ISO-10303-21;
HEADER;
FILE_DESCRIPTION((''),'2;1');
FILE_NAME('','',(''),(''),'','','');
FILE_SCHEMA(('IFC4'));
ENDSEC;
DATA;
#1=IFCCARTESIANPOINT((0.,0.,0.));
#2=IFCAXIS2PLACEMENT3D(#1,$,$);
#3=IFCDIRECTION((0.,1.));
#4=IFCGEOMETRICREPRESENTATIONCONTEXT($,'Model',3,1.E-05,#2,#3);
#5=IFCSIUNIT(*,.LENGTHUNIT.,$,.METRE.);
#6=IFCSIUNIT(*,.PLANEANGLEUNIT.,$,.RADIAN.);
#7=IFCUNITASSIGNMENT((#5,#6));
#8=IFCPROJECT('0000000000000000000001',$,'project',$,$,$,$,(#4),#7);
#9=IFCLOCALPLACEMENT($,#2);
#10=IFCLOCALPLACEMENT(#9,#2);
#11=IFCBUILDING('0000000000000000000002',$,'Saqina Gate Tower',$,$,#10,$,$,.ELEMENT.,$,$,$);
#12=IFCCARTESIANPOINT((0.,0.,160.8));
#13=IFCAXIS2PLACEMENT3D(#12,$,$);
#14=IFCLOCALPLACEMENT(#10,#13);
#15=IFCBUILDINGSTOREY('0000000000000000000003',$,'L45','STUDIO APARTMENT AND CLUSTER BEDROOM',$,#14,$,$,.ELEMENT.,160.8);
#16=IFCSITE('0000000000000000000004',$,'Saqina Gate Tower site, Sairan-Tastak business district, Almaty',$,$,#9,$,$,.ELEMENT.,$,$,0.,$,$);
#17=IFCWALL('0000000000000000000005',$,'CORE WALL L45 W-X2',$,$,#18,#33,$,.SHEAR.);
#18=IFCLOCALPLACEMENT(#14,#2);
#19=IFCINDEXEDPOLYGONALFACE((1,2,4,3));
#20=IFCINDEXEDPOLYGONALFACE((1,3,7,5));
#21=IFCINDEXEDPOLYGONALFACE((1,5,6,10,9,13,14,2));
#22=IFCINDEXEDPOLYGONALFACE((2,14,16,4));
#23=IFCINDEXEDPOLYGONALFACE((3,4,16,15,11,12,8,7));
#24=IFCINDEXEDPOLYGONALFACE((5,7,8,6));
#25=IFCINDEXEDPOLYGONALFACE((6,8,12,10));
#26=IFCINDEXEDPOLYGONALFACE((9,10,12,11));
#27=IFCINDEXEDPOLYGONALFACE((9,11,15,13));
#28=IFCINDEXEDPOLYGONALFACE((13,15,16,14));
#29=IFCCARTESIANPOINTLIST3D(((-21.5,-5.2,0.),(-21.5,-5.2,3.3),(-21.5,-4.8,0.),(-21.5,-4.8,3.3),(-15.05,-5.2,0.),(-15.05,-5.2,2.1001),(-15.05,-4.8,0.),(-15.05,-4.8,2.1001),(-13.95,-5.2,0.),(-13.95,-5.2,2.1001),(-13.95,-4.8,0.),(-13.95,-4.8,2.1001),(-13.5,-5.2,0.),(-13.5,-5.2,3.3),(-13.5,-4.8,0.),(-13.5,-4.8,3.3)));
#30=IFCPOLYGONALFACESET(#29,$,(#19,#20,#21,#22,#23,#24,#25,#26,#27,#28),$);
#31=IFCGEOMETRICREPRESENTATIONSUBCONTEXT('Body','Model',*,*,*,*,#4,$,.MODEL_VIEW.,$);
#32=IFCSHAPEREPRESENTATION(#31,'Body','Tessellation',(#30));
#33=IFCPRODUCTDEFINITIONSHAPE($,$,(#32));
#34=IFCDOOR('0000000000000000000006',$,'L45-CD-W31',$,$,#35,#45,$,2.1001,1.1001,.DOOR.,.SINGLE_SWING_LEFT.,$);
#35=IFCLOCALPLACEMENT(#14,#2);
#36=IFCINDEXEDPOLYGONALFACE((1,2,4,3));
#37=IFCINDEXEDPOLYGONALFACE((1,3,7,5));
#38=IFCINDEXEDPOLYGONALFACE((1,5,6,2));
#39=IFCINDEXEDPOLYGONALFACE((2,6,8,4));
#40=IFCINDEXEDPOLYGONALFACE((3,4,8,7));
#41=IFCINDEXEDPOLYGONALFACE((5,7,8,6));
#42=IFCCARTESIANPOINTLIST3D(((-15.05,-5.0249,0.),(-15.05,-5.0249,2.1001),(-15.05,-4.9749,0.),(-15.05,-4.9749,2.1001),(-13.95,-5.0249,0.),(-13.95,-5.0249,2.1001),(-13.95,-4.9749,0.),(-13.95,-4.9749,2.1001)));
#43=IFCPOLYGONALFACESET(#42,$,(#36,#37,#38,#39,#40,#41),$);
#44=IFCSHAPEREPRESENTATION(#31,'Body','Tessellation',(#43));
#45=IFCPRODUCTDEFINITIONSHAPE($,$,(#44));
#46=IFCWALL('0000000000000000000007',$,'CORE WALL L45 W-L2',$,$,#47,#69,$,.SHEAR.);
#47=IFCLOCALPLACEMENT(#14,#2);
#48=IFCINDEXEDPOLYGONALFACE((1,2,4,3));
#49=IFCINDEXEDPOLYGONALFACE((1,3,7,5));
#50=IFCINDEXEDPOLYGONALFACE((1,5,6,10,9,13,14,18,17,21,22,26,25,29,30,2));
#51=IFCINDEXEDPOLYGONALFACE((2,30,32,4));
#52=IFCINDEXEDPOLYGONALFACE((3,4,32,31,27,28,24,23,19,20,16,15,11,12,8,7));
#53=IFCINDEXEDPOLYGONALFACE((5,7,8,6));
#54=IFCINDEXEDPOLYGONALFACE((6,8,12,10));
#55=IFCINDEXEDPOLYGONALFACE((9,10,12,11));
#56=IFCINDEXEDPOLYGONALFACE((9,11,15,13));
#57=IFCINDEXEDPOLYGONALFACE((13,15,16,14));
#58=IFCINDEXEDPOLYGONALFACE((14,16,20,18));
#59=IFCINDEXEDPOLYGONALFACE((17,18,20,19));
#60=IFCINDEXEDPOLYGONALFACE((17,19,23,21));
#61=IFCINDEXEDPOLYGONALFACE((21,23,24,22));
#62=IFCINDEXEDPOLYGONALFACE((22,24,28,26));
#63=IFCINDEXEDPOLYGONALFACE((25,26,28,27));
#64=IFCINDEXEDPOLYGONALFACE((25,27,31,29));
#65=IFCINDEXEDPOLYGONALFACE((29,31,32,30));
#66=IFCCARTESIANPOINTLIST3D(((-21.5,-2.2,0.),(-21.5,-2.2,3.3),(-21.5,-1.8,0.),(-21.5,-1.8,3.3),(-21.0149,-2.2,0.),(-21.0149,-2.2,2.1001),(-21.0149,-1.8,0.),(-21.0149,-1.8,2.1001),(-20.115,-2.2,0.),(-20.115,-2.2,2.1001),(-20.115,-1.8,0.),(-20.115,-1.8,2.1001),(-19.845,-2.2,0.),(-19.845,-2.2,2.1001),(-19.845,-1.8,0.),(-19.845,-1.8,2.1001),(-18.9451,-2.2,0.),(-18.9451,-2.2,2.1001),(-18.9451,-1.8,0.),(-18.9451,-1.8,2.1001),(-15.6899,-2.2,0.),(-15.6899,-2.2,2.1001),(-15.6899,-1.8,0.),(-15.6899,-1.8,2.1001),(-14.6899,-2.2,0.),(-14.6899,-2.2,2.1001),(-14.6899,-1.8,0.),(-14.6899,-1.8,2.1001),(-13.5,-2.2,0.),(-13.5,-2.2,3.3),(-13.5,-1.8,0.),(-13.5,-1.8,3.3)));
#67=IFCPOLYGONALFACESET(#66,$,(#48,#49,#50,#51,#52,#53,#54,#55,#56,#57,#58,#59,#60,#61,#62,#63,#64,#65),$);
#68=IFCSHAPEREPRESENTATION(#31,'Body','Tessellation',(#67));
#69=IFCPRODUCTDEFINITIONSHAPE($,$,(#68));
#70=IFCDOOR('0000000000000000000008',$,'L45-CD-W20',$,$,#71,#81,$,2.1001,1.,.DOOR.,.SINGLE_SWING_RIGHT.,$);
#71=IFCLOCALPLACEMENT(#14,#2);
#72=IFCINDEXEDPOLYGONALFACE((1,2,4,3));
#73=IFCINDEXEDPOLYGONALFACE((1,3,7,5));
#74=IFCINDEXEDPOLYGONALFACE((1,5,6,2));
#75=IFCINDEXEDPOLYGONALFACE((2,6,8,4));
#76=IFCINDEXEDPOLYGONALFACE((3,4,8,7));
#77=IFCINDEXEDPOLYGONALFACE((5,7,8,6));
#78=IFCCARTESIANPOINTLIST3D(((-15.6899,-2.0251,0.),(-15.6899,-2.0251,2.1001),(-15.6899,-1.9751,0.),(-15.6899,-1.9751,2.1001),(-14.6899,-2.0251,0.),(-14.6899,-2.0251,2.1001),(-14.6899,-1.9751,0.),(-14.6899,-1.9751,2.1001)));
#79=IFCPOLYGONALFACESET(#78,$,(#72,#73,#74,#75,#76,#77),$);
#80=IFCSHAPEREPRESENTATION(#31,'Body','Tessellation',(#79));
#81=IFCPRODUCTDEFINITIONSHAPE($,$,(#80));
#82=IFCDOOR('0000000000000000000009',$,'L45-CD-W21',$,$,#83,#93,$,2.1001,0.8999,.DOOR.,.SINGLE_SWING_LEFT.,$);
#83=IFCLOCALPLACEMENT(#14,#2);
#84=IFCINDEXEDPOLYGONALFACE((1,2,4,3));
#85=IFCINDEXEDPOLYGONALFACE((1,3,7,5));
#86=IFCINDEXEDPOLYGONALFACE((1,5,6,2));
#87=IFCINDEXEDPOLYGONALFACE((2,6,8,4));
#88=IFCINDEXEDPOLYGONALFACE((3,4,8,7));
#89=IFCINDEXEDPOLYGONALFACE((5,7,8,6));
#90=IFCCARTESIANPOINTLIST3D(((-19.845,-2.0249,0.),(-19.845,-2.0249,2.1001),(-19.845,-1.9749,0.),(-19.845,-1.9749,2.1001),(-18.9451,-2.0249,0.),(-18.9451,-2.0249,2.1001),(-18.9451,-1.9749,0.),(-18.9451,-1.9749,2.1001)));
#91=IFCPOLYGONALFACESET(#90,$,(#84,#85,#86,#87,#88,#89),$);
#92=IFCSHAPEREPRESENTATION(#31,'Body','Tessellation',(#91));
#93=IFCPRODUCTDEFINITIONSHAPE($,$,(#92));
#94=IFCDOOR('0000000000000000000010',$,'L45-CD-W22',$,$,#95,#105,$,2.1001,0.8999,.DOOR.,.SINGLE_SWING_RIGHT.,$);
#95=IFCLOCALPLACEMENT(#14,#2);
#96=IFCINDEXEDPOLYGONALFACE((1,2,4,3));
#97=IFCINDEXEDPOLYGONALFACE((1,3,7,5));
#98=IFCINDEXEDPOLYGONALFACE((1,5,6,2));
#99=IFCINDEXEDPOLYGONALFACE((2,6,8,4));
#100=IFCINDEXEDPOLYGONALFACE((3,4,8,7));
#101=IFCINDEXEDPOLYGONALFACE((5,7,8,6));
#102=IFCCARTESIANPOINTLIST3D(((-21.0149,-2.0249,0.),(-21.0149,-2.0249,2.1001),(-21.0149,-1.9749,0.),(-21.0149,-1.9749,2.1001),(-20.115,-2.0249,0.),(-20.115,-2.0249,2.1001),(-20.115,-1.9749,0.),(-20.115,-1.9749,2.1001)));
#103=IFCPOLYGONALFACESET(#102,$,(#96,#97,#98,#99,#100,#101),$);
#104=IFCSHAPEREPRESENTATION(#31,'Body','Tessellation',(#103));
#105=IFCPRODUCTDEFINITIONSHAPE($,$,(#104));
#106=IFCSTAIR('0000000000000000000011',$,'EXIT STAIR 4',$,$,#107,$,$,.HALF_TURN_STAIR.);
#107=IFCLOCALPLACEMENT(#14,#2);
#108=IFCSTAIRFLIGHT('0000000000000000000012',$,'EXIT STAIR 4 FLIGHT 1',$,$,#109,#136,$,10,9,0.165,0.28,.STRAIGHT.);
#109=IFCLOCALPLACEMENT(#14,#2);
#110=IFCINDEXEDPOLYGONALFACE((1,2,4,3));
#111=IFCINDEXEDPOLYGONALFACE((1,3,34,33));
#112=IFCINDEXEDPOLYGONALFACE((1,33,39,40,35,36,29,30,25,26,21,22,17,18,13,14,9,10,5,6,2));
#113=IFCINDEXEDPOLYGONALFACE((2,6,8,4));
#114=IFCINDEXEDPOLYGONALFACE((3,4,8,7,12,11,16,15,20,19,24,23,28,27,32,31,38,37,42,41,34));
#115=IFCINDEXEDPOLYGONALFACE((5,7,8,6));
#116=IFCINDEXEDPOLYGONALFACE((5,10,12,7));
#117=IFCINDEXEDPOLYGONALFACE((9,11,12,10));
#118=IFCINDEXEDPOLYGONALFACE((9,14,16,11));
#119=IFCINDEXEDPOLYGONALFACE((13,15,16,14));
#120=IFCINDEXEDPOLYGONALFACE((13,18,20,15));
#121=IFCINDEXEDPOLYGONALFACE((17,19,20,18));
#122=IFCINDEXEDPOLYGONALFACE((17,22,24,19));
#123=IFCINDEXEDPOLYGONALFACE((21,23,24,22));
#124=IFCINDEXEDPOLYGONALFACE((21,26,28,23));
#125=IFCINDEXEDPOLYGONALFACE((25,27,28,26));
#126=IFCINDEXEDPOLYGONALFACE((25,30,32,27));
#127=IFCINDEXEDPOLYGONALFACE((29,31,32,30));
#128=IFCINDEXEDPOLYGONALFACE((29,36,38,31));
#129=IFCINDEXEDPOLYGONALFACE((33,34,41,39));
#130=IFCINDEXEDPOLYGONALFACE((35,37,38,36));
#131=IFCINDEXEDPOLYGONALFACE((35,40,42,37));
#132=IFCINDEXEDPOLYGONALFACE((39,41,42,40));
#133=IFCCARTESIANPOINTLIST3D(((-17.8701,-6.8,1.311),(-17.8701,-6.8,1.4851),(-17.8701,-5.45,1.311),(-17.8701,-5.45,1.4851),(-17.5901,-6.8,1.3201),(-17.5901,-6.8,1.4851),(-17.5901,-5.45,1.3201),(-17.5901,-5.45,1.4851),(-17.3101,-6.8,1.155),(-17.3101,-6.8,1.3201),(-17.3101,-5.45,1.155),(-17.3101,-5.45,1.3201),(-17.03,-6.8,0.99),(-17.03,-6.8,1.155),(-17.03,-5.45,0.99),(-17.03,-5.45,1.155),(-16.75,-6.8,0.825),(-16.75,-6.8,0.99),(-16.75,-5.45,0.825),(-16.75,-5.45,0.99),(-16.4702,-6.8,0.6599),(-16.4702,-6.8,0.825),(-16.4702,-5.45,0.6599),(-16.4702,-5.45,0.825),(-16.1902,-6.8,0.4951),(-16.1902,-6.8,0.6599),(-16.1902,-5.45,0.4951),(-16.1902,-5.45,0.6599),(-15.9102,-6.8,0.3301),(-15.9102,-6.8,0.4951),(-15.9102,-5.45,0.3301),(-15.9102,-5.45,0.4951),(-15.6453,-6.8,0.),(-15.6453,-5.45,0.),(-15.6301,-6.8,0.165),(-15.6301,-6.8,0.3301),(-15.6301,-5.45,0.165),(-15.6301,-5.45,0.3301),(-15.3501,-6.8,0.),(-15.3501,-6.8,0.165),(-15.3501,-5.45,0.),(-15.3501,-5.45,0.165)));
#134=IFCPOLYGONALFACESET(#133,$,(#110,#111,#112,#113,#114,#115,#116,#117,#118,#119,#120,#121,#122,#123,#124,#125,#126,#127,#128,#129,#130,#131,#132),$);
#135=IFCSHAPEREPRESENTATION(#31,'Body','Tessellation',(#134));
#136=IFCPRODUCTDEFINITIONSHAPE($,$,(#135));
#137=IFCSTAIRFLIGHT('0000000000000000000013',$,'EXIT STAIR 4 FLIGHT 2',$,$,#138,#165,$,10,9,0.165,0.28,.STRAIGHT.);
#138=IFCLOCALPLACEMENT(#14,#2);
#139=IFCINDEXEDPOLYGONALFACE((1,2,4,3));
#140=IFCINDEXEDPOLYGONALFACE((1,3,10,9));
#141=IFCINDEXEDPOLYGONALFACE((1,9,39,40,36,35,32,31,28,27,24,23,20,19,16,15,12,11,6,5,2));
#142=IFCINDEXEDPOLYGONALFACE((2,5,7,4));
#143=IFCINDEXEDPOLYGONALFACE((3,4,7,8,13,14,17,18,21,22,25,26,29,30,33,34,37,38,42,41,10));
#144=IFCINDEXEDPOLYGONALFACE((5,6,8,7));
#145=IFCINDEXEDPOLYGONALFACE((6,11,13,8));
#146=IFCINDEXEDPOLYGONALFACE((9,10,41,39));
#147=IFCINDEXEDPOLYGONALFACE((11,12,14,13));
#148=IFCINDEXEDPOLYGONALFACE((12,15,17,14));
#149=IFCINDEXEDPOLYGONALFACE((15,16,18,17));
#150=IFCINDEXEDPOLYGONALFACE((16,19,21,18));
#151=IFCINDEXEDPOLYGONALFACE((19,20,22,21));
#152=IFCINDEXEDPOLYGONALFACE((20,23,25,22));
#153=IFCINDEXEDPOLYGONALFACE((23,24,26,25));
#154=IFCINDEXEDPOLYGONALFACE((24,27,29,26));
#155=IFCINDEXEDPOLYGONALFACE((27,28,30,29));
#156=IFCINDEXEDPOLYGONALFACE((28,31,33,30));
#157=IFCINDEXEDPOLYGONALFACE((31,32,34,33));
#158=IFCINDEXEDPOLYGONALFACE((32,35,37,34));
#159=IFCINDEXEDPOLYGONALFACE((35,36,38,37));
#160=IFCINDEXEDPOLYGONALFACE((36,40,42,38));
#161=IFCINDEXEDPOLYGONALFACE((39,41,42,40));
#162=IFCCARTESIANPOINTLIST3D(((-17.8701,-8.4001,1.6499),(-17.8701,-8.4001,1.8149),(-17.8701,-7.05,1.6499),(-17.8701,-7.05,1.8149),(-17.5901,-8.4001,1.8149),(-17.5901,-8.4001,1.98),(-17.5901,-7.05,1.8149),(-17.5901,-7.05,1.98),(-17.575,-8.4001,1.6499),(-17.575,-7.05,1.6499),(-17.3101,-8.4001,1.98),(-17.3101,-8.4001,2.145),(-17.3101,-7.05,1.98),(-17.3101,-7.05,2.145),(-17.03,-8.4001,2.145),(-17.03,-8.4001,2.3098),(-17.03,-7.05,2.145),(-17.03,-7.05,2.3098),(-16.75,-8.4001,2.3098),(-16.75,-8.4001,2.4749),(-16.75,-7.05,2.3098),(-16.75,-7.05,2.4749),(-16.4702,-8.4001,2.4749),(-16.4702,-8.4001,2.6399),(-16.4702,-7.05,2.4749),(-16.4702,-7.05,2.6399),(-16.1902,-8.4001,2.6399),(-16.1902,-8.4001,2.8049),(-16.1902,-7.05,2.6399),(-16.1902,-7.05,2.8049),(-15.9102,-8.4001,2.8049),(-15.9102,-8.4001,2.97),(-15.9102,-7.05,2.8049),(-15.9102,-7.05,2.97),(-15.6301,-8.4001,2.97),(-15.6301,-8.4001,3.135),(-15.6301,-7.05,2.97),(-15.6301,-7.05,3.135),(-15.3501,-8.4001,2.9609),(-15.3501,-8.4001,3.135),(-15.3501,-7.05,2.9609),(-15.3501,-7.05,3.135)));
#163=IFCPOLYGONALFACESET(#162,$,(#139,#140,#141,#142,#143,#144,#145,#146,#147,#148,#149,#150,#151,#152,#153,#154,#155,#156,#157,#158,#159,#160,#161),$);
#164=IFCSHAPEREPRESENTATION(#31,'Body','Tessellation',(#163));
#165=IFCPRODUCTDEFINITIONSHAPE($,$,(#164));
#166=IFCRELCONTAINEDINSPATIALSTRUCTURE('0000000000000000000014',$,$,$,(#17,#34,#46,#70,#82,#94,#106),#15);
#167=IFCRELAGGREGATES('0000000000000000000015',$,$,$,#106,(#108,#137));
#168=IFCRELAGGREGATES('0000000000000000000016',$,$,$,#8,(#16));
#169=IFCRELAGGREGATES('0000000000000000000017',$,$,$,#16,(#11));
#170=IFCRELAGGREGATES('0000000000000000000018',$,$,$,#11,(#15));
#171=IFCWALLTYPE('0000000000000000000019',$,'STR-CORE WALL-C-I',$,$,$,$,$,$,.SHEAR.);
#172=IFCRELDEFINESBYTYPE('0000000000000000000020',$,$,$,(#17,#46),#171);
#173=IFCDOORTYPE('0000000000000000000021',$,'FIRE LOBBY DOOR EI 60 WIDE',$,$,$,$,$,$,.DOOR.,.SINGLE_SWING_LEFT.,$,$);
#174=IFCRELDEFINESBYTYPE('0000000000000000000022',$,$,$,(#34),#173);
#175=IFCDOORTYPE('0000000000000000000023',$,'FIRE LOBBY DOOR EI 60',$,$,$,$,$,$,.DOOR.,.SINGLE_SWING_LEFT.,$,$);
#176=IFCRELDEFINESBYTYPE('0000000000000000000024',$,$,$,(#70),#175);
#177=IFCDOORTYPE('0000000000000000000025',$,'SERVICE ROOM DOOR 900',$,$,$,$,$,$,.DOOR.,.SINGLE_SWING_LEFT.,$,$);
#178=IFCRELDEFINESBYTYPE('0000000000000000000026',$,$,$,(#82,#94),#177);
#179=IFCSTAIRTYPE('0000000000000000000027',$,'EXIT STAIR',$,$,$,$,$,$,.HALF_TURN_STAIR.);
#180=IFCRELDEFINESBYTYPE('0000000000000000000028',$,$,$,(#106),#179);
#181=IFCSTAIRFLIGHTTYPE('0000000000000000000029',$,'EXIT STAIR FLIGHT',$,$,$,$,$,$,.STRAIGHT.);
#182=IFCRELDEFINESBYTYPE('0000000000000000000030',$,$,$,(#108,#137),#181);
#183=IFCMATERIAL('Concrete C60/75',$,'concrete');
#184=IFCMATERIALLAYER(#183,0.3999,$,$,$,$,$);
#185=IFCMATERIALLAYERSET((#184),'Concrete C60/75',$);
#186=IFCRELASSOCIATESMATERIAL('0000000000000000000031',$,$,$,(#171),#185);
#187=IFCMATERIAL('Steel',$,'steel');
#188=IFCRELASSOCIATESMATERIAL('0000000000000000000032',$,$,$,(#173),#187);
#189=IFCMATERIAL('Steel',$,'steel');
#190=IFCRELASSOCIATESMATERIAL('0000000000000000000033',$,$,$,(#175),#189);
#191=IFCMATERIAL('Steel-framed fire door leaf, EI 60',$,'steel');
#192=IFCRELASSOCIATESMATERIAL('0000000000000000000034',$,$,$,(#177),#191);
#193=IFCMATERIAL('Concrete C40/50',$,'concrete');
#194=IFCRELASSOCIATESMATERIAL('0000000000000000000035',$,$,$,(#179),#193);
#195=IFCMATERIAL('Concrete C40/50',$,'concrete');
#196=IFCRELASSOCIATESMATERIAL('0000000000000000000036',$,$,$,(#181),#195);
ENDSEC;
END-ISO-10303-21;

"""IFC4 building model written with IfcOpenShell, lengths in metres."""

from ifc_helpers import new_model, si_unit, direction, frame, frame_2d, origin, place, context, subcontext, project, spatial, polyline, rectangle, outline, extrude, material, layer, layer_set, type_object, element, fill, aggregate, save


model = new_model("IFC4")

# Units and contexts
model_context = context("Model", 3, precision=1e-05, world=origin(), true_north=direction((0.0, 1.0)))
body_context = subcontext(model_context, "Body", "Model", "MODEL_VIEW")
ifc_project = project(units=[si_unit("LENGTHUNIT", "METRE"), si_unit("PLANEANGLEUNIT", "RADIAN")], contexts=[model_context])

# Site, building, storey
site_placement = place(None, origin())
site = spatial("IfcSite", under=ifc_project, at=site_placement, Name="Saqina Gate Tower site, Sairan-Tastak business district, Almaty", CompositionType="ELEMENT", RefElevation=0.0)
building_placement = place(site_placement, origin())
building = spatial("IfcBuilding", under=site, at=building_placement, Name="Saqina Gate Tower", CompositionType="ELEMENT")
storey_placement = place(building_placement, frame((0.0, 0.0, 160.8)))
storey = spatial("IfcBuildingStorey", under=building, at=storey_placement, Name="L45", Description="STUDIO APARTMENT AND CLUSTER BEDROOM", CompositionType="ELEMENT", Elevation=160.8)

# Wall, opening, door
ifc_material_1 = material(Name="Concrete C60/75", Category="concrete")
ifc_layer_1 = layer(ifc_material_1, 0.3999)
ifc_layer_set_1 = layer_set([ifc_layer_1], Name="Concrete C60/75")
wall_type_1 = type_object("IfcWallType", Name="STR-CORE WALL-C-I", PredefinedType="SHEAR", material=ifc_layer_set_1)
wall_1_placement = place(storey_placement, frame((-13.5, -5.0, 0.0), z_axis=(0.0, 0.0, 1.0), x_axis=(-1.0, 0.0, 0.0)))
wall_1 = element("IfcWall", 1, at=wall_1_placement, inside=storey, type_object=wall_type_1, Name="CORE WALL L45 W-X2", PredefinedType="SHEAR", context=body_context, shape_type="SweptSolid", body=[
    extrude(rectangle(XDim=8.0, YDim=0.3999, at=frame_2d((4.0, 0.0))), origin(), (0.0, 0.0, 1.0), 3.3),
])
opening_1_placement = place(wall_1_placement, frame((0.45, 0.0, 0.0)))
opening_1 = element("IfcOpeningElement", 2, at=opening_1_placement, cuts=wall_1, PredefinedType="OPENING", context=body_context, shape_type="SweptSolid", body=[
    extrude(rectangle(XDim=1.1001, YDim=2.1001, at=frame_2d((0.55, 1.05))), frame((0.0, 0.2119, 0.0), z_axis=(0.0, -1.0, 0.0), x_axis=(1.0, 0.0, 0.0)), (0.0, 0.0, 1.0), 0.4238),
])
ifc_material_2 = material(Name="Steel", Category="steel")
door_type_1 = type_object("IfcDoorType", Name="FIRE LOBBY DOOR EI 60 WIDE", OperationType="SINGLE_SWING_LEFT", PredefinedType="DOOR", material=ifc_material_2)
door_1_placement = place(opening_1_placement, origin())
door_1 = element("IfcDoor", 3, at=door_1_placement, inside=storey, type_object=door_type_1, Name="L45-CD-W31", OperationType="SINGLE_SWING_LEFT", OverallHeight=2.1001, OverallWidth=1.1001, PredefinedType="DOOR", context=body_context, shape_type="SweptSolid", body=[
    extrude(rectangle(XDim=1.1001, YDim=2.1001, at=frame_2d((0.55, 1.05))), frame((0.0, 0.0249, 0.0), z_axis=(0.0, -1.0, 0.0), x_axis=(1.0, 0.0, 0.0)), (0.0, 0.0, 1.0), 0.05),
])
fill(opening_1, door_1)

# Wall, openings, doors
wall_2_placement = place(storey_placement, frame((-13.5, -2.0, 0.0), z_axis=(0.0, 0.0, 1.0), x_axis=(-1.0, 0.0, 0.0)))
wall_2 = element("IfcWall", 4, at=wall_2_placement, inside=storey, type_object=wall_type_1, Name="CORE WALL L45 W-L2", PredefinedType="SHEAR", context=body_context, shape_type="SweptSolid", body=[
    extrude(rectangle(XDim=8.0, YDim=0.3999, at=frame_2d((4.0, 0.0))), origin(), (0.0, 0.0, 1.0), 3.3),
])
opening_2_placement = place(wall_2_placement, frame((1.1899, 0.0, 0.0)))
opening_2 = element("IfcOpeningElement", 5, at=opening_2_placement, cuts=wall_2, PredefinedType="OPENING", context=body_context, shape_type="SweptSolid", body=[
    extrude(rectangle(XDim=1.0, YDim=2.1001, at=frame_2d((0.5, 1.05))), frame((0.0, 0.2119, 0.0), z_axis=(0.0, -1.0, 0.0), x_axis=(1.0, 0.0, 0.0)), (0.0, 0.0, 1.0), 0.4238),
])
opening_3_placement = place(wall_2_placement, frame((5.4451, 0.0, 0.0)))
opening_3 = element("IfcOpeningElement", 6, at=opening_3_placement, cuts=wall_2, PredefinedType="OPENING", context=body_context, shape_type="SweptSolid", body=[
    extrude(rectangle(XDim=0.8999, YDim=2.1001, at=frame_2d((0.45, 1.05))), frame((0.0, 0.2119, 0.0), z_axis=(0.0, -1.0, 0.0), x_axis=(1.0, 0.0, 0.0)), (0.0, 0.0, 1.0), 0.4238),
])
opening_4_placement = place(wall_2_placement, frame((6.615, 0.0, 0.0)))
opening_4 = element("IfcOpeningElement", 7, at=opening_4_placement, cuts=wall_2, PredefinedType="OPENING", context=body_context, shape_type="SweptSolid", body=[
    extrude(rectangle(XDim=0.8999, YDim=2.1001, at=frame_2d((0.45, 1.05))), frame((0.0, 0.2119, 0.0), z_axis=(0.0, -1.0, 0.0), x_axis=(1.0, 0.0, 0.0)), (0.0, 0.0, 1.0), 0.4238),
])
ifc_material_3 = material(Name="Steel", Category="steel")
door_type_2 = type_object("IfcDoorType", Name="FIRE LOBBY DOOR EI 60", OperationType="SINGLE_SWING_LEFT", PredefinedType="DOOR", material=ifc_material_3)
door_2_placement = place(opening_2_placement, frame((1.0, 0.0, 0.0), z_axis=(0.0, 0.0, 1.0), x_axis=(-1.0, 0.0, 0.0)))
door_2 = element("IfcDoor", 8, at=door_2_placement, inside=storey, type_object=door_type_2, Name="L45-CD-W20", OperationType="SINGLE_SWING_RIGHT", OverallHeight=2.1001, OverallWidth=1.0, PredefinedType="DOOR", context=body_context, shape_type="SweptSolid", body=[
    extrude(rectangle(XDim=1.0, YDim=2.1001, at=frame_2d((0.5, 1.05))), frame((0.0, 0.0249, 0.0), z_axis=(0.0, -1.0, 0.0), x_axis=(1.0, 0.0, 0.0)), (0.0, 0.0, 1.0), 0.05),
])
fill(opening_2, door_2)
ifc_material_4 = material(Name="Steel-framed fire door leaf, EI 60", Category="steel")
door_type_3 = type_object("IfcDoorType", Name="SERVICE ROOM DOOR 900", OperationType="SINGLE_SWING_LEFT", PredefinedType="DOOR", material=ifc_material_4)
door_3_placement = place(opening_3_placement, origin())
door_3 = element("IfcDoor", 9, at=door_3_placement, inside=storey, type_object=door_type_3, Name="L45-CD-W21", OperationType="SINGLE_SWING_LEFT", OverallHeight=2.1001, OverallWidth=0.8999, PredefinedType="DOOR", context=body_context, shape_type="SweptSolid", body=[
    extrude(rectangle(XDim=0.8999, YDim=2.1001, at=frame_2d((0.45, 1.05))), frame((0.0, 0.0249, 0.0), z_axis=(0.0, -1.0, 0.0), x_axis=(1.0, 0.0, 0.0)), (0.0, 0.0, 1.0), 0.05),
])
fill(opening_3, door_3)
door_4_placement = place(opening_4_placement, origin())
door_4 = element("IfcDoor", 10, at=door_4_placement, inside=storey, type_object=door_type_3, Name="L45-CD-W22", OperationType="SINGLE_SWING_RIGHT", OverallHeight=2.1001, OverallWidth=0.8999, PredefinedType="DOOR", context=body_context, shape_type="SweptSolid", body=[
    extrude(rectangle(XDim=0.8999, YDim=2.1001, at=frame_2d((0.45, 1.05))), frame((0.0, 0.0249, 0.0), z_axis=(0.0, -1.0, 0.0), x_axis=(1.0, 0.0, 0.0)), (0.0, 0.0, 1.0), 0.05),
])
fill(opening_4, door_4)

# Stair, stair flights
ifc_material_5 = material(Name="Concrete C40/50", Category="concrete")
stair_type = type_object("IfcStairType", Name="EXIT STAIR", PredefinedType="HALF_TURN_STAIR", material=ifc_material_5)
stair_placement = place(storey_placement, origin())
stair = element("IfcStair", 11, at=stair_placement, inside=storey, type_object=stair_type, Name="EXIT STAIR 4", PredefinedType="HALF_TURN_STAIR")
ifc_material_6 = material(Name="Concrete C40/50", Category="concrete")
stair_flight_type = type_object("IfcStairFlightType", Name="EXIT STAIR FLIGHT", PredefinedType="STRAIGHT", material=ifc_material_6)
stair_flight_1_placement = place(storey_placement, frame((-15.3501, -6.125, 0.0), z_axis=(0.0, 0.0, 1.0), x_axis=(-1.0, 0.0, 0.0)))
stair_flight_1 = element("IfcStairFlight", 12, at=stair_flight_1_placement, type_object=stair_flight_type, Name="EXIT STAIR 4 FLIGHT 1", NumberOfRisers=10, NumberOfTreads=9, PredefinedType="STRAIGHT", RiserHeight=0.165, TreadLength=0.28, context=body_context, shape_type="SweptSolid", body=[
    extrude(outline(polyline([(0.0, 0.0), (0.0, 0.165), (0.28, 0.165), (0.28, 0.3301), (0.5601, 0.3301), (0.5601, 0.4951), (0.8401, 0.4951), (0.8401, 0.6599), (1.1201, 0.6599), (1.1201, 0.825), (1.3999, 0.825), (1.3999, 0.99), (1.6799, 0.99), (1.6799, 1.155), (1.96, 1.155), (1.96, 1.3201), (2.24, 1.3201), (2.24, 1.4851), (2.52, 1.4851), (2.52, 1.6499), (2.52, 1.311), (0.2952, 0.0), (0.0, 0.0)])), frame((0.0, 0.675, 0.0), z_axis=(0.0, -1.0, 0.0), x_axis=(1.0, 0.0, 0.0)), (0.0, 0.0, 1.0), 1.3501),
])
stair_flight_2_placement = place(storey_placement, frame((-17.8701, -7.7251, 1.6499), z_axis=(0.0, 0.0, 1.0), x_axis=(1.0, 0.0, 0.0)))
stair_flight_2 = element("IfcStairFlight", 13, at=stair_flight_2_placement, type_object=stair_flight_type, Name="EXIT STAIR 4 FLIGHT 2", NumberOfRisers=10, NumberOfTreads=9, PredefinedType="STRAIGHT", RiserHeight=0.165, TreadLength=0.28, context=body_context, shape_type="SweptSolid", body=[
    extrude(outline(polyline([(0.0, 0.0), (0.0, 0.165), (0.28, 0.165), (0.28, 0.3301), (0.5601, 0.3301), (0.5601, 0.4951), (0.8401, 0.4951), (0.8401, 0.6599), (1.1201, 0.6599), (1.1201, 0.825), (1.3999, 0.825), (1.3999, 0.99), (1.6799, 0.99), (1.6799, 1.155), (1.96, 1.155), (1.96, 1.3201), (2.24, 1.3201), (2.24, 1.4851), (2.52, 1.4851), (2.52, 1.6499), (2.52, 1.311), (0.2952, 0.0), (0.0, 0.0)])), frame((0.0, 0.675, 0.0), z_axis=(0.0, -1.0, 0.0), x_axis=(1.0, 0.0, 0.0)), (0.0, 0.0, 1.0), 1.3501),
])
aggregate(stair, [stair_flight_1, stair_flight_2])

save(model, "model.ifc")
